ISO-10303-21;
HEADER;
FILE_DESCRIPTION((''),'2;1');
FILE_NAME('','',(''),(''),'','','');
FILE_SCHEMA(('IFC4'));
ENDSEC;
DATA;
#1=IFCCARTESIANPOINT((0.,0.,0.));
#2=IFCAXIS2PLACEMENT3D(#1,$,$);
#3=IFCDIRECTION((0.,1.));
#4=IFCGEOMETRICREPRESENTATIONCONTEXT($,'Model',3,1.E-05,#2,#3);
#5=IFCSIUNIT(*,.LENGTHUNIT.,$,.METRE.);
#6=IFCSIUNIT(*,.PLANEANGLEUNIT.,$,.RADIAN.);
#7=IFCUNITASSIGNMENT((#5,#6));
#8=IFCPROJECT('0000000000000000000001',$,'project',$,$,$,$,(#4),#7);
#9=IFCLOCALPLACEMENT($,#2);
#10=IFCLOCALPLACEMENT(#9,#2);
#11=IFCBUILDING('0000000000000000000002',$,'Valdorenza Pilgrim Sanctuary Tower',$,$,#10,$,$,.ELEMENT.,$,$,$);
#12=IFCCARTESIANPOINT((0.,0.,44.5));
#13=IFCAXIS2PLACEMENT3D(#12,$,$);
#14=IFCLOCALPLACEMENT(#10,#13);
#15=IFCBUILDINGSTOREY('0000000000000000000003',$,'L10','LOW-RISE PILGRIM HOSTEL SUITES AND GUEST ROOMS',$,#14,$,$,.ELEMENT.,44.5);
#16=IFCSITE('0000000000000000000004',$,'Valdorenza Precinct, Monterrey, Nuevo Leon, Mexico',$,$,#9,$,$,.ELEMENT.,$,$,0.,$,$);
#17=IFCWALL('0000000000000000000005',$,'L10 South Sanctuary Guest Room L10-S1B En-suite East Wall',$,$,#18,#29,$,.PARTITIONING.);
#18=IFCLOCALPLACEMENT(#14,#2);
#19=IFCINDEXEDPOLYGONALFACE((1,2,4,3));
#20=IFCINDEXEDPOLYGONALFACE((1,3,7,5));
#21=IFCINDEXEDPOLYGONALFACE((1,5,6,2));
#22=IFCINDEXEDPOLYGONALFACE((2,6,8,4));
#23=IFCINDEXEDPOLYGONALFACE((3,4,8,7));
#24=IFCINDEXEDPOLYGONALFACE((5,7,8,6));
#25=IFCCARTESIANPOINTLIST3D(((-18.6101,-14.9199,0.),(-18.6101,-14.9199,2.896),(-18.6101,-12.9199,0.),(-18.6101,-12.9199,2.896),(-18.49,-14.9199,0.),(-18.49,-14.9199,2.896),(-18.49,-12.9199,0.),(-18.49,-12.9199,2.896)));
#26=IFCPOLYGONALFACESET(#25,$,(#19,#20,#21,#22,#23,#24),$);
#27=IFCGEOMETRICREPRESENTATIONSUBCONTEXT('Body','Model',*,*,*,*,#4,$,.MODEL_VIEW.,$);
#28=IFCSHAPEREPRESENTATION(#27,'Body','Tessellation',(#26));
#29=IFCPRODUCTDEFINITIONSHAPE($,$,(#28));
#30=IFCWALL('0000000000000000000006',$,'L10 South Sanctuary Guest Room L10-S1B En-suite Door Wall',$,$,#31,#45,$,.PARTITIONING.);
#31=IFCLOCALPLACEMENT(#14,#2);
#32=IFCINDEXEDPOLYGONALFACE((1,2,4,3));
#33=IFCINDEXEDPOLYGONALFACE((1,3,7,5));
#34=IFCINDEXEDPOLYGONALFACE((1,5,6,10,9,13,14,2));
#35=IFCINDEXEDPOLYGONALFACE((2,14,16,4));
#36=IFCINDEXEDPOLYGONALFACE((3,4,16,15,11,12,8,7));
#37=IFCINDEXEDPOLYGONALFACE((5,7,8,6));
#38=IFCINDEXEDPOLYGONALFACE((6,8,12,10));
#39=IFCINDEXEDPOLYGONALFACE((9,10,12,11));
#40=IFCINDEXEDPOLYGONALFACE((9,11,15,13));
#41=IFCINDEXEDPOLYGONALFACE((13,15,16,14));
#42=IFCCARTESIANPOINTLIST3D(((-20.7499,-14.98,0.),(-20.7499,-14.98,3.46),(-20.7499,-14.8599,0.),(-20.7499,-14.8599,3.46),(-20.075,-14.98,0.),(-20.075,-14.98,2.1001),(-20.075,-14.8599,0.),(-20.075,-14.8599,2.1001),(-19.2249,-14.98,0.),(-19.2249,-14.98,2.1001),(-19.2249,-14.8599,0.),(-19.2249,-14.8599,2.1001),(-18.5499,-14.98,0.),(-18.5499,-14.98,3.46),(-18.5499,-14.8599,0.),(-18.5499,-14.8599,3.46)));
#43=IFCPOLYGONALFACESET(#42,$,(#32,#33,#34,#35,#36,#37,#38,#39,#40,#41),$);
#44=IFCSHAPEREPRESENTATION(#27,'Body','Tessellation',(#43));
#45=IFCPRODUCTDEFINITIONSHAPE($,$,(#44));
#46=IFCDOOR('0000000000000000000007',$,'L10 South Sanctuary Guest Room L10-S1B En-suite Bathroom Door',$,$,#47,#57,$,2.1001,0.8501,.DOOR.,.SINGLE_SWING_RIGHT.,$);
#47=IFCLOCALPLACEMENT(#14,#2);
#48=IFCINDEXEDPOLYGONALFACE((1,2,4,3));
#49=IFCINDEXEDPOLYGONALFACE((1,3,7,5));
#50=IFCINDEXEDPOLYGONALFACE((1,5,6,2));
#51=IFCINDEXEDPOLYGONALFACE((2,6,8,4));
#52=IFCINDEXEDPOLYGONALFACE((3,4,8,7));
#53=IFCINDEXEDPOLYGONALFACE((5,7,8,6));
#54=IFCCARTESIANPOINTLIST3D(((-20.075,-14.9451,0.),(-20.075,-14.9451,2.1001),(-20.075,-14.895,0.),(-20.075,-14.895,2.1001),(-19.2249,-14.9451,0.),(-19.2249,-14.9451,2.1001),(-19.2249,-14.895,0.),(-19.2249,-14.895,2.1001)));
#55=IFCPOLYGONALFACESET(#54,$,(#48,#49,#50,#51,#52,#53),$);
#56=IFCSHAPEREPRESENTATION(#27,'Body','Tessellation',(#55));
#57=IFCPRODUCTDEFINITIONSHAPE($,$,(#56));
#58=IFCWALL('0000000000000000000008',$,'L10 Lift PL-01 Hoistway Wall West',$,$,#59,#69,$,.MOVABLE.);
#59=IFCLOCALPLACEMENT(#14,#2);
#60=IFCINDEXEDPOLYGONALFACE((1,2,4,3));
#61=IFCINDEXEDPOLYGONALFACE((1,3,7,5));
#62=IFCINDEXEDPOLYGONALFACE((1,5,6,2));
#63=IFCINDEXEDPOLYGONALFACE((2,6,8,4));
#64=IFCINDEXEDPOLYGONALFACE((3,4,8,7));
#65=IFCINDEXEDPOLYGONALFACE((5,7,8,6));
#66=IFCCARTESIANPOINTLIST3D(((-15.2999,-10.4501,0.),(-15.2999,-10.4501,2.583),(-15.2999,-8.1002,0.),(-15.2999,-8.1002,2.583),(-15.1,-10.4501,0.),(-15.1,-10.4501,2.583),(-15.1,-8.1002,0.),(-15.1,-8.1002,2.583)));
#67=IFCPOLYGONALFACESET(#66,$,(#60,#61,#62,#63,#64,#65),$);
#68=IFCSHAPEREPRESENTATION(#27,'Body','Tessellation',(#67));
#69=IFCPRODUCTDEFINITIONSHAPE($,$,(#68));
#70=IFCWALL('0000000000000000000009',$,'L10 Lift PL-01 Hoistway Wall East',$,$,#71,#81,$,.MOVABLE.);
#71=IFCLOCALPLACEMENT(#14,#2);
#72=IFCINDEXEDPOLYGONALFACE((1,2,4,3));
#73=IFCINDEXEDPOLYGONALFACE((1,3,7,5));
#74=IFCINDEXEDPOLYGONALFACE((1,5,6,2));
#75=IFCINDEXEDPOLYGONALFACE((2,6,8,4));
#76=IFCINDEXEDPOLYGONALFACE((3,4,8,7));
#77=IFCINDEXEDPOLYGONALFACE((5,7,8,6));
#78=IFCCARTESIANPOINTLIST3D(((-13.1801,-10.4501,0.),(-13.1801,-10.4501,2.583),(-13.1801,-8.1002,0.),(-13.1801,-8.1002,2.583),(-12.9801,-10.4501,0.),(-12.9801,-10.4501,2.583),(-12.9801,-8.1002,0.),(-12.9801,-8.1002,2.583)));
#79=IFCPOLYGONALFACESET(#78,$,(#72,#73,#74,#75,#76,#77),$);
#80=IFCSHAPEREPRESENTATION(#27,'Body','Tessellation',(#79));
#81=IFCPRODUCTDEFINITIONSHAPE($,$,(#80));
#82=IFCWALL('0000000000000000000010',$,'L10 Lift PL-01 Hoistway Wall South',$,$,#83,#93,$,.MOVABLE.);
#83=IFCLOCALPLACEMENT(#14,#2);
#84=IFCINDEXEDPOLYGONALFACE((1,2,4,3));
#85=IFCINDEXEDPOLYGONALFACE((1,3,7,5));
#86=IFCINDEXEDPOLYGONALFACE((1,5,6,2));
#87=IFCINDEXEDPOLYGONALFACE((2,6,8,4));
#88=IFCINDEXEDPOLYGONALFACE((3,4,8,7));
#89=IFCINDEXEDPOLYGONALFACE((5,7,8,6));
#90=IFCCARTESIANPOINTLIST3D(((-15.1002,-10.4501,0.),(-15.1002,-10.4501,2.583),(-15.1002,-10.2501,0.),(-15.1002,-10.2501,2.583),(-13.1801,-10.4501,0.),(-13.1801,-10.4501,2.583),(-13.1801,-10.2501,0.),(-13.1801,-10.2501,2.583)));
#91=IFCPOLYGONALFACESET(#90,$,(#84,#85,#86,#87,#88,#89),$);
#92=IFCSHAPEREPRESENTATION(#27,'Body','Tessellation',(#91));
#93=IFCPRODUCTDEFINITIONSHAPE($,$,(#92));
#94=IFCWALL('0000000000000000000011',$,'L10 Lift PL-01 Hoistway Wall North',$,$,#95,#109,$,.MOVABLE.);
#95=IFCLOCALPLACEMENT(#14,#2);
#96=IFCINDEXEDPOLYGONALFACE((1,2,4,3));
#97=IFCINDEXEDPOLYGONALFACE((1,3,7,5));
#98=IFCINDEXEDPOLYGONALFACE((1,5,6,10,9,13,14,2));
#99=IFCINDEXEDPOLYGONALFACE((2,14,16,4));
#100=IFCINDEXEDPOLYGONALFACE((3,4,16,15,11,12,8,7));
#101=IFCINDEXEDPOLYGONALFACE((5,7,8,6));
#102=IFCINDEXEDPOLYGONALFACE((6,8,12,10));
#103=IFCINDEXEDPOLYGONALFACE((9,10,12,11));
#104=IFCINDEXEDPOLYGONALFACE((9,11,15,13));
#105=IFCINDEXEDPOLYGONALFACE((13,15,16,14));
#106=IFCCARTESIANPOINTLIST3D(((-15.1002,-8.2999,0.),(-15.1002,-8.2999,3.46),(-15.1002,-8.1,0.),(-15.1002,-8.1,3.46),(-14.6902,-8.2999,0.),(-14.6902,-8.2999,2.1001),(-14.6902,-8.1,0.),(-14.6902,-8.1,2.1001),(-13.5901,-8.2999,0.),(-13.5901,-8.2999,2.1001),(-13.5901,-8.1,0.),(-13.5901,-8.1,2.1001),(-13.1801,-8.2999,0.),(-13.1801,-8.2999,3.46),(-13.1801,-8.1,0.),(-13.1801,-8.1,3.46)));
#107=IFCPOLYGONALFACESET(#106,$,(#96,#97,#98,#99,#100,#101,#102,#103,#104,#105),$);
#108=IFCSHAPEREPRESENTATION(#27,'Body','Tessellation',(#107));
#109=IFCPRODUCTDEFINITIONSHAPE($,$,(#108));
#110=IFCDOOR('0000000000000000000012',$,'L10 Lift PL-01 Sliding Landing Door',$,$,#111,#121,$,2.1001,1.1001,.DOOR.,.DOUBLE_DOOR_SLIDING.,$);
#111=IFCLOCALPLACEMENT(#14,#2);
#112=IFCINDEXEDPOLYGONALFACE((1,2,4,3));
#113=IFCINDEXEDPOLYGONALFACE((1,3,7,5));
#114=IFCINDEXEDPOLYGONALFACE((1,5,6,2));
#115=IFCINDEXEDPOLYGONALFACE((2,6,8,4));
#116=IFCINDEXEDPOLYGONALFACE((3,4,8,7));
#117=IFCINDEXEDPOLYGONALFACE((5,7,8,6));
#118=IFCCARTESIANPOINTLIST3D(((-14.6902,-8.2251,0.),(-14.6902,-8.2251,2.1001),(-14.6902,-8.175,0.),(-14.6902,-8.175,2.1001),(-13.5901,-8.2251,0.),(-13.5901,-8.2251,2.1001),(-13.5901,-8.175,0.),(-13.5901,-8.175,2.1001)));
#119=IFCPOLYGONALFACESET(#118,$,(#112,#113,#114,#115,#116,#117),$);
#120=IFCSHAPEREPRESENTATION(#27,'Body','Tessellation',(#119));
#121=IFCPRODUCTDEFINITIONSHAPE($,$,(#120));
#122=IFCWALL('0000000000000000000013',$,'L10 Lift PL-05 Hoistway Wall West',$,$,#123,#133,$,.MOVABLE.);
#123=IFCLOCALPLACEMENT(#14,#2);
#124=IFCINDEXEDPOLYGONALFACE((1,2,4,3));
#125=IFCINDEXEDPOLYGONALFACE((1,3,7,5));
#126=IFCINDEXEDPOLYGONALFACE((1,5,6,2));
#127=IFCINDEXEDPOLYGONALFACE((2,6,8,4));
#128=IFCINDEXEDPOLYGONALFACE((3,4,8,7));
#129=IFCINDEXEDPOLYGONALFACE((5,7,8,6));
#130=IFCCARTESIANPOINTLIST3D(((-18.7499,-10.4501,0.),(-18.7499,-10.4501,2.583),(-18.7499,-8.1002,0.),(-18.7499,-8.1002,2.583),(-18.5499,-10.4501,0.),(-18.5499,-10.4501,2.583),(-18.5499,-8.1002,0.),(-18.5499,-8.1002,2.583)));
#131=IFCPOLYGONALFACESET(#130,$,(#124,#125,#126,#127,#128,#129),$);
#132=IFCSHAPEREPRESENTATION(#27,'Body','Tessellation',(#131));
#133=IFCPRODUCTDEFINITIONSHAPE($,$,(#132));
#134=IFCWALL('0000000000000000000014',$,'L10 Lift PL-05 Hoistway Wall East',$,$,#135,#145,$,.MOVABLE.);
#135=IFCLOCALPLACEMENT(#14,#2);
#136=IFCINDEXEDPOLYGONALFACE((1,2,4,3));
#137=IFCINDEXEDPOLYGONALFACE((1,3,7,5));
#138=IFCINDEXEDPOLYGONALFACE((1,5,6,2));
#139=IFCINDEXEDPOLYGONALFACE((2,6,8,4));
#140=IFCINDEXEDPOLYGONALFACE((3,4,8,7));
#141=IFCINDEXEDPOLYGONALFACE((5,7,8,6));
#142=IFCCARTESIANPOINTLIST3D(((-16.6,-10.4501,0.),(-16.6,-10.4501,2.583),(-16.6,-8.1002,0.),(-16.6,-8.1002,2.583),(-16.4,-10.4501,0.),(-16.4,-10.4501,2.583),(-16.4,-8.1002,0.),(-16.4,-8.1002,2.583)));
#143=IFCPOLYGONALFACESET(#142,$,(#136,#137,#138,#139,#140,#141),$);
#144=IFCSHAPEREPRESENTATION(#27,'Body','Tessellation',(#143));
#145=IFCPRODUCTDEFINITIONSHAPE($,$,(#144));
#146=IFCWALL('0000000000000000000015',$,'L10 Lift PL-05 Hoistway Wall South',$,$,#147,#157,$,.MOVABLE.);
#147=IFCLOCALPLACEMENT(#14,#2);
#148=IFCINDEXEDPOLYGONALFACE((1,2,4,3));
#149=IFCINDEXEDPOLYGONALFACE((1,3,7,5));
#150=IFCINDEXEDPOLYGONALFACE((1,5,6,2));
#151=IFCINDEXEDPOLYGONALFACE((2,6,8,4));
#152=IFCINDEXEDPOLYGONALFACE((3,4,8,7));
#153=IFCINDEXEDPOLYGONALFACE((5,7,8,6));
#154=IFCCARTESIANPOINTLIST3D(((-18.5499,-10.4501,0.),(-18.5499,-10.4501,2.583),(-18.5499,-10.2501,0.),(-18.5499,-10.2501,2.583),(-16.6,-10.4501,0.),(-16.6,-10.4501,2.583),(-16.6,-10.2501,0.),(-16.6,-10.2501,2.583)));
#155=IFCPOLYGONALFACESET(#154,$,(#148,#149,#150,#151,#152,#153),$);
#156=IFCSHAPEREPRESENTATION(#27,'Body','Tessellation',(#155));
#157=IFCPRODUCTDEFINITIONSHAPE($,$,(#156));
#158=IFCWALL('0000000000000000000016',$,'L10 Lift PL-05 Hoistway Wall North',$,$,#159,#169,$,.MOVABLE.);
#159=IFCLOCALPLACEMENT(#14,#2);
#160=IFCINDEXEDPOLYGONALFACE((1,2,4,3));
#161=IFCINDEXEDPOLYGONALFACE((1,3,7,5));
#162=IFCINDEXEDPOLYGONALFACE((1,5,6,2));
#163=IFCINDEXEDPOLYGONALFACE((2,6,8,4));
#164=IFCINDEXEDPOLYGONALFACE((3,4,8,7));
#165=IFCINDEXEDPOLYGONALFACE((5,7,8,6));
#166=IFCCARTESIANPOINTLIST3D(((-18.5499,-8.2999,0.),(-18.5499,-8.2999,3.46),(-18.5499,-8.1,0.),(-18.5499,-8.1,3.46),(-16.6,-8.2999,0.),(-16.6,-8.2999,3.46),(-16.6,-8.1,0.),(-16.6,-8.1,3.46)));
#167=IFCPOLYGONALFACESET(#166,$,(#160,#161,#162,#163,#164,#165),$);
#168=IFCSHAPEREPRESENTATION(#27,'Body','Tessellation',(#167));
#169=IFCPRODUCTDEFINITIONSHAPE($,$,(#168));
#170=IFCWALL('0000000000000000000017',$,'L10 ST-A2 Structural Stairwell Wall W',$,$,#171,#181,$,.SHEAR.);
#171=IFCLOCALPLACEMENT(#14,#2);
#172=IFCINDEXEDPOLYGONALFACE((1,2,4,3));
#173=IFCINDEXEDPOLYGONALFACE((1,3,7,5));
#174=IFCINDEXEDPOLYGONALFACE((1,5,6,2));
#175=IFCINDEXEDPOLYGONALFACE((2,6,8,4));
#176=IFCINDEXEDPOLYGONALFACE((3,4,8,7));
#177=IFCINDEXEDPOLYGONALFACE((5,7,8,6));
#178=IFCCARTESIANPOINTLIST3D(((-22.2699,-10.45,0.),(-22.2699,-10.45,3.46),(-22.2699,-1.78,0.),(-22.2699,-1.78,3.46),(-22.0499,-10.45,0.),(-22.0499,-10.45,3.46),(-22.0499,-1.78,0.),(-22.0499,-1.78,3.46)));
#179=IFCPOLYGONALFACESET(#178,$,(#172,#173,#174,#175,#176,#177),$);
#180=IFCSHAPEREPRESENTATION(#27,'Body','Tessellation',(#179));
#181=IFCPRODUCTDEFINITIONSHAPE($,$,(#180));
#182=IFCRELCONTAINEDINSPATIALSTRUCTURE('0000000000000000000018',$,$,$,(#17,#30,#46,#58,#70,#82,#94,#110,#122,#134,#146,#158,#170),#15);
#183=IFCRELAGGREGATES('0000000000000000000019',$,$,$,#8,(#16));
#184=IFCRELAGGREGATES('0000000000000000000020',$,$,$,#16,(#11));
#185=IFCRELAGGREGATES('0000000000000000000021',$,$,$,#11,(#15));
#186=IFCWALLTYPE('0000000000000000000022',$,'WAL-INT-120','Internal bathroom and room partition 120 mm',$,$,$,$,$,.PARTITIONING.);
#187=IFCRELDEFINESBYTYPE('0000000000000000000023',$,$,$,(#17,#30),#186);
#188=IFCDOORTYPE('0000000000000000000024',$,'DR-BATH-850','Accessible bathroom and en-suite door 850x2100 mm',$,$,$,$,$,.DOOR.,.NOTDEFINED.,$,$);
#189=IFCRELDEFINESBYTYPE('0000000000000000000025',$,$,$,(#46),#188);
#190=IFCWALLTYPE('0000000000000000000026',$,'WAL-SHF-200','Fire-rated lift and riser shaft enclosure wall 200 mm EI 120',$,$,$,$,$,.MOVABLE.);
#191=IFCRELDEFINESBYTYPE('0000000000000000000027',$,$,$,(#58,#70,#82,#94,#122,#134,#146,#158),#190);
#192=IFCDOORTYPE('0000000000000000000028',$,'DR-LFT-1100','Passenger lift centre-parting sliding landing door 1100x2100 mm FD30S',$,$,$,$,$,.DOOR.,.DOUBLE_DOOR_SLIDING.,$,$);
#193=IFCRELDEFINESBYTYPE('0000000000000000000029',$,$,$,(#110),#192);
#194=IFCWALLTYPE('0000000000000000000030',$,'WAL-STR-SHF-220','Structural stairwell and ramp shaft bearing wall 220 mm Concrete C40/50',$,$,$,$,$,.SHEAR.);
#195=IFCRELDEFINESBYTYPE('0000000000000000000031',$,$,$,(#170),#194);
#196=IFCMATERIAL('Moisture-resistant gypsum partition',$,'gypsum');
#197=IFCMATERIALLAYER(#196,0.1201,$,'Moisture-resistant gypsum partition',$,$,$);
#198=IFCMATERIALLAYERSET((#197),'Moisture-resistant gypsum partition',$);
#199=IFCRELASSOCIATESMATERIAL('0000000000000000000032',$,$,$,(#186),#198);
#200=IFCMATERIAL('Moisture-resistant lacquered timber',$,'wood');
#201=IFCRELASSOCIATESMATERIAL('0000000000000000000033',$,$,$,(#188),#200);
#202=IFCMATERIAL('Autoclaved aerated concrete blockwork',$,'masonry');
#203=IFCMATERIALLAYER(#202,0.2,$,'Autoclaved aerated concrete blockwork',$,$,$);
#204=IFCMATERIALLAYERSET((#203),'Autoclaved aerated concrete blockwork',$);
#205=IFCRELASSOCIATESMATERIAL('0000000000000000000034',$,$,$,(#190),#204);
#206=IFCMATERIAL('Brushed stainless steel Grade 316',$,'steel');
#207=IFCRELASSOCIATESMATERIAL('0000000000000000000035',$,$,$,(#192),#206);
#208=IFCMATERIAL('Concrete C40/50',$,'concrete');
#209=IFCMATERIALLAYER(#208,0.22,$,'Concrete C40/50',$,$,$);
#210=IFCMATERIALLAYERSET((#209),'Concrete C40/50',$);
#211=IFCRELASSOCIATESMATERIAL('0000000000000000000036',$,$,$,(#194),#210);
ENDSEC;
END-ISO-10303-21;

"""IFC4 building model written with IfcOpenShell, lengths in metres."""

from ifc_helpers import new_model, si_unit, direction, frame, frame_2d, origin, place, context, subcontext, project, spatial, rectangle, extrude, material, layer, layer_set, type_object, element, fill, save


model = new_model("IFC4")

# Units and contexts
model_context = context("Model", 3, precision=1e-05, world=origin(), true_north=direction((0.0, 1.0)))
body_context = subcontext(model_context, "Body", "Model", "MODEL_VIEW")
ifc_project = project(units=[si_unit("LENGTHUNIT", "METRE"), si_unit("PLANEANGLEUNIT", "RADIAN")], contexts=[model_context])

# Site, building, storey
site_placement = place(None, origin())
site = spatial("IfcSite", under=ifc_project, at=site_placement, Name="Valdorenza Precinct, Monterrey, Nuevo Leon, Mexico", CompositionType="ELEMENT", RefElevation=0.0)
building_placement = place(site_placement, origin())
building = spatial("IfcBuilding", under=site, at=building_placement, Name="Valdorenza Pilgrim Sanctuary Tower", CompositionType="ELEMENT")
storey_placement = place(building_placement, frame((0.0, 0.0, 44.5)))
storey = spatial("IfcBuildingStorey", under=building, at=storey_placement, Name="L10", Description="LOW-RISE PILGRIM HOSTEL SUITES AND GUEST ROOMS", CompositionType="ELEMENT", Elevation=44.5)

# Wall
ifc_material_1 = material(Name="Moisture-resistant gypsum partition", Category="gypsum")
ifc_layer_1 = layer(ifc_material_1, 0.1201, Name="Moisture-resistant gypsum partition")
ifc_layer_set_1 = layer_set([ifc_layer_1], Name="Moisture-resistant gypsum partition")
wall_type_1 = type_object("IfcWallType", Name="WAL-INT-120", Description="Internal bathroom and room partition 120 mm", PredefinedType="PARTITIONING", material=ifc_layer_set_1)
wall_1_placement = place(storey_placement, frame((-18.55, -14.9199, 0.0), z_axis=(0.0, 0.0, 1.0), x_axis=(0.0, 1.0, 0.0)))
element("IfcWall", 1, at=wall_1_placement, inside=storey, type_object=wall_type_1, Name="L10 South Sanctuary Guest Room L10-S1B En-suite East Wall", PredefinedType="PARTITIONING", context=body_context, shape_type="SweptSolid", body=[
    extrude(rectangle(XDim=2.0, YDim=0.1201, at=frame_2d((1.0, 0.0))), origin(), (0.0, 0.0, 1.0), 2.896),
])

# Wall, opening, door
wall_2_placement = place(storey_placement, frame((-20.75, -14.9199, 0.0), z_axis=(0.0, 0.0, 1.0), x_axis=(1.0, 0.0, 0.0)))
wall_2 = element("IfcWall", 2, at=wall_2_placement, inside=storey, type_object=wall_type_1, Name="L10 South Sanctuary Guest Room L10-S1B En-suite Door Wall", PredefinedType="PARTITIONING", context=body_context, shape_type="SweptSolid", body=[
    extrude(rectangle(XDim=2.2, YDim=0.1201, at=frame_2d((1.1001, 0.0))), origin(), (0.0, 0.0, 1.0), 3.46),
])
opening_1_placement = place(wall_2_placement, frame((0.675, 0.0, 0.0)))
opening_1 = element("IfcOpeningElement", 3, at=opening_1_placement, cuts=wall_2, PredefinedType="OPENING", context=body_context, shape_type="SweptSolid", body=[
    extrude(rectangle(XDim=0.8501, YDim=2.1001, at=frame_2d((0.425, 1.05))), frame((0.0, 0.075, 0.0), z_axis=(0.0, -1.0, 0.0), x_axis=(1.0, 0.0, 0.0)), (0.0, 0.0, 1.0), 0.1499),
])
ifc_material_2 = material(Name="Moisture-resistant lacquered timber", Category="wood")
door_type_1 = type_object("IfcDoorType", Name="DR-BATH-850", Description="Accessible bathroom and en-suite door 850x2100 mm", OperationType="NOTDEFINED", PredefinedType="DOOR", material=ifc_material_2)
door_1_placement = place(opening_1_placement, origin())
door_1 = element("IfcDoor", 4, at=door_1_placement, inside=storey, type_object=door_type_1, Name="L10 South Sanctuary Guest Room L10-S1B En-suite Bathroom Door", OperationType="SINGLE_SWING_RIGHT", OverallHeight=2.1001, OverallWidth=0.8501, PredefinedType="DOOR", context=body_context, shape_type="SweptSolid", body=[
    extrude(rectangle(XDim=0.8501, YDim=2.1001, at=frame_2d((0.425, 1.05))), frame((0.0, 0.0249, 0.0), z_axis=(0.0, -1.0, 0.0), x_axis=(1.0, 0.0, 0.0)), (0.0, 0.0, 1.0), 0.05),
])
fill(opening_1, door_1)

# Walls
ifc_material_3 = material(Name="Autoclaved aerated concrete blockwork", Category="masonry")
ifc_layer_2 = layer(ifc_material_3, 0.2, Name="Autoclaved aerated concrete blockwork")
ifc_layer_set_2 = layer_set([ifc_layer_2], Name="Autoclaved aerated concrete blockwork")
wall_type_2 = type_object("IfcWallType", Name="WAL-SHF-200", Description="Fire-rated lift and riser shaft enclosure wall 200 mm EI 120", PredefinedType="MOVABLE", material=ifc_layer_set_2)
for number, where, z_axis, x_axis, name in (
    (5, (-15.2, -10.45, 0.0), (0.0, 0.0, 1.0), (0.0, 1.0, 0.0), "L10 Lift PL-01 Hoistway Wall West"),
    (6, (-13.0801, -10.45, 0.0), (0.0, 0.0, 1.0), (0.0, 1.0, 0.0), "L10 Lift PL-01 Hoistway Wall East"),
):
    element("IfcWall", number, at=place(storey_placement, frame(where, z_axis=z_axis, x_axis=x_axis)), inside=storey, type_object=wall_type_2, Name=name, PredefinedType="MOVABLE", context=body_context, shape_type="SweptSolid", body=[
        extrude(rectangle(XDim=2.3499, YDim=0.2, at=frame_2d((1.1748, 0.0))), origin(), (0.0, 0.0, 1.0), 2.583),
    ])
wall_3_placement = place(storey_placement, frame((-15.1001, -10.3501, 0.0), z_axis=(0.0, 0.0, 1.0), x_axis=(1.0, 0.0, 0.0)))
element("IfcWall", 7, at=wall_3_placement, inside=storey, type_object=wall_type_2, Name="L10 Lift PL-01 Hoistway Wall South", PredefinedType="MOVABLE", context=body_context, shape_type="SweptSolid", body=[
    extrude(rectangle(XDim=1.9202, YDim=0.2, at=frame_2d((0.96, 0.0))), origin(), (0.0, 0.0, 1.0), 2.583),
])

# Wall, opening, door
wall_4_placement = place(storey_placement, frame((-15.1001, -8.2, 0.0), z_axis=(0.0, 0.0, 1.0), x_axis=(1.0, 0.0, 0.0)))
wall_4 = element("IfcWall", 8, at=wall_4_placement, inside=storey, type_object=wall_type_2, Name="L10 Lift PL-01 Hoistway Wall North", PredefinedType="MOVABLE", context=body_context, shape_type="SweptSolid", body=[
    extrude(rectangle(XDim=1.9202, YDim=0.2, at=frame_2d((0.96, 0.0))), origin(), (0.0, 0.0, 1.0), 3.46),
])
opening_2_placement = place(wall_4_placement, frame((0.4099, 0.0, 0.0)))
opening_2 = element("IfcOpeningElement", 9, at=opening_2_placement, cuts=wall_4, PredefinedType="OPENING", context=body_context, shape_type="SweptSolid", body=[
    extrude(rectangle(XDim=1.1001, YDim=2.1001, at=frame_2d((0.55, 1.05))), frame((0.0, 0.1147, 0.0), z_axis=(0.0, -1.0, 0.0), x_axis=(1.0, 0.0, 0.0)), (0.0, 0.0, 1.0), 0.2297),
])
ifc_material_4 = material(Name="Brushed stainless steel Grade 316", Category="steel")
door_type_2 = type_object("IfcDoorType", Name="DR-LFT-1100", Description="Passenger lift centre-parting sliding landing door 1100x2100 mm FD30S", OperationType="DOUBLE_DOOR_SLIDING", PredefinedType="DOOR", material=ifc_material_4)
door_2_placement = place(opening_2_placement, origin())
door_2 = element("IfcDoor", 10, at=door_2_placement, inside=storey, type_object=door_type_2, Name="L10 Lift PL-01 Sliding Landing Door", OperationType="DOUBLE_DOOR_SLIDING", OverallHeight=2.1001, OverallWidth=1.1001, PredefinedType="DOOR", context=body_context, shape_type="SweptSolid", body=[
    extrude(rectangle(XDim=1.1001, YDim=2.1001, at=frame_2d((0.55, 1.05))), frame((0.0, 0.0249, 0.0), z_axis=(0.0, -1.0, 0.0), x_axis=(1.0, 0.0, 0.0)), (0.0, 0.0, 1.0), 0.05),
])
fill(opening_2, door_2)

# Walls
for number, where, z_axis, x_axis, name in (
    (11, (-18.6499, -10.45, 0.0), (0.0, 0.0, 1.0), (0.0, 1.0, 0.0), "L10 Lift PL-05 Hoistway Wall West"),
    (12, (-16.5, -10.45, 0.0), (0.0, 0.0, 1.0), (0.0, 1.0, 0.0), "L10 Lift PL-05 Hoistway Wall East"),
):
    element("IfcWall", number, at=place(storey_placement, frame(where, z_axis=z_axis, x_axis=x_axis)), inside=storey, type_object=wall_type_2, Name=name, PredefinedType="MOVABLE", context=body_context, shape_type="SweptSolid", body=[
        extrude(rectangle(XDim=2.3499, YDim=0.2, at=frame_2d((1.1748, 0.0))), origin(), (0.0, 0.0, 1.0), 2.583),
    ])
wall_5_placement = place(storey_placement, frame((-18.55, -10.3501, 0.0), z_axis=(0.0, 0.0, 1.0), x_axis=(1.0, 0.0, 0.0)))
element("IfcWall", 13, at=wall_5_placement, inside=storey, type_object=wall_type_2, Name="L10 Lift PL-05 Hoistway Wall South", PredefinedType="MOVABLE", context=body_context, shape_type="SweptSolid", body=[
    extrude(rectangle(XDim=1.95, YDim=0.2, at=frame_2d((0.9751, 0.0))), origin(), (0.0, 0.0, 1.0), 2.583),
])
wall_6_placement = place(storey_placement, frame((-18.55, -8.2, 0.0), z_axis=(0.0, 0.0, 1.0), x_axis=(1.0, 0.0, 0.0)))
element("IfcWall", 14, at=wall_6_placement, inside=storey, type_object=wall_type_2, Name="L10 Lift PL-05 Hoistway Wall North", PredefinedType="MOVABLE", context=body_context, shape_type="SweptSolid", body=[
    extrude(rectangle(XDim=1.95, YDim=0.2, at=frame_2d((0.9751, 0.0))), origin(), (0.0, 0.0, 1.0), 3.46),
])
ifc_material_5 = material(Name="Concrete C40/50", Category="concrete")
ifc_layer_3 = layer(ifc_material_5, 0.22, Name="Concrete C40/50")
ifc_layer_set_3 = layer_set([ifc_layer_3], Name="Concrete C40/50")
wall_type_3 = type_object("IfcWallType", Name="WAL-STR-SHF-220", Description="Structural stairwell and ramp shaft bearing wall 220 mm Concrete C40/50", PredefinedType="SHEAR", material=ifc_layer_set_3)
for number, where, z_axis, x_axis, name in (
    (15, (-22.1599, -10.45, 0.0), (0.0, 0.0, 1.0), (0.0, 1.0, 0.0), "L10 ST-A2 Structural Stairwell Wall W"),
):
    element("IfcWall", number, at=place(storey_placement, frame(where, z_axis=z_axis, x_axis=x_axis)), inside=storey, type_object=wall_type_3, Name=name, PredefinedType="SHEAR", context=body_context, shape_type="SweptSolid", body=[
        extrude(rectangle(XDim=8.6699, YDim=0.22, at=frame_2d((4.335, 0.0))), origin(), (0.0, 0.0, 1.0), 3.46),
    ])

save(model, "model.ifc")
